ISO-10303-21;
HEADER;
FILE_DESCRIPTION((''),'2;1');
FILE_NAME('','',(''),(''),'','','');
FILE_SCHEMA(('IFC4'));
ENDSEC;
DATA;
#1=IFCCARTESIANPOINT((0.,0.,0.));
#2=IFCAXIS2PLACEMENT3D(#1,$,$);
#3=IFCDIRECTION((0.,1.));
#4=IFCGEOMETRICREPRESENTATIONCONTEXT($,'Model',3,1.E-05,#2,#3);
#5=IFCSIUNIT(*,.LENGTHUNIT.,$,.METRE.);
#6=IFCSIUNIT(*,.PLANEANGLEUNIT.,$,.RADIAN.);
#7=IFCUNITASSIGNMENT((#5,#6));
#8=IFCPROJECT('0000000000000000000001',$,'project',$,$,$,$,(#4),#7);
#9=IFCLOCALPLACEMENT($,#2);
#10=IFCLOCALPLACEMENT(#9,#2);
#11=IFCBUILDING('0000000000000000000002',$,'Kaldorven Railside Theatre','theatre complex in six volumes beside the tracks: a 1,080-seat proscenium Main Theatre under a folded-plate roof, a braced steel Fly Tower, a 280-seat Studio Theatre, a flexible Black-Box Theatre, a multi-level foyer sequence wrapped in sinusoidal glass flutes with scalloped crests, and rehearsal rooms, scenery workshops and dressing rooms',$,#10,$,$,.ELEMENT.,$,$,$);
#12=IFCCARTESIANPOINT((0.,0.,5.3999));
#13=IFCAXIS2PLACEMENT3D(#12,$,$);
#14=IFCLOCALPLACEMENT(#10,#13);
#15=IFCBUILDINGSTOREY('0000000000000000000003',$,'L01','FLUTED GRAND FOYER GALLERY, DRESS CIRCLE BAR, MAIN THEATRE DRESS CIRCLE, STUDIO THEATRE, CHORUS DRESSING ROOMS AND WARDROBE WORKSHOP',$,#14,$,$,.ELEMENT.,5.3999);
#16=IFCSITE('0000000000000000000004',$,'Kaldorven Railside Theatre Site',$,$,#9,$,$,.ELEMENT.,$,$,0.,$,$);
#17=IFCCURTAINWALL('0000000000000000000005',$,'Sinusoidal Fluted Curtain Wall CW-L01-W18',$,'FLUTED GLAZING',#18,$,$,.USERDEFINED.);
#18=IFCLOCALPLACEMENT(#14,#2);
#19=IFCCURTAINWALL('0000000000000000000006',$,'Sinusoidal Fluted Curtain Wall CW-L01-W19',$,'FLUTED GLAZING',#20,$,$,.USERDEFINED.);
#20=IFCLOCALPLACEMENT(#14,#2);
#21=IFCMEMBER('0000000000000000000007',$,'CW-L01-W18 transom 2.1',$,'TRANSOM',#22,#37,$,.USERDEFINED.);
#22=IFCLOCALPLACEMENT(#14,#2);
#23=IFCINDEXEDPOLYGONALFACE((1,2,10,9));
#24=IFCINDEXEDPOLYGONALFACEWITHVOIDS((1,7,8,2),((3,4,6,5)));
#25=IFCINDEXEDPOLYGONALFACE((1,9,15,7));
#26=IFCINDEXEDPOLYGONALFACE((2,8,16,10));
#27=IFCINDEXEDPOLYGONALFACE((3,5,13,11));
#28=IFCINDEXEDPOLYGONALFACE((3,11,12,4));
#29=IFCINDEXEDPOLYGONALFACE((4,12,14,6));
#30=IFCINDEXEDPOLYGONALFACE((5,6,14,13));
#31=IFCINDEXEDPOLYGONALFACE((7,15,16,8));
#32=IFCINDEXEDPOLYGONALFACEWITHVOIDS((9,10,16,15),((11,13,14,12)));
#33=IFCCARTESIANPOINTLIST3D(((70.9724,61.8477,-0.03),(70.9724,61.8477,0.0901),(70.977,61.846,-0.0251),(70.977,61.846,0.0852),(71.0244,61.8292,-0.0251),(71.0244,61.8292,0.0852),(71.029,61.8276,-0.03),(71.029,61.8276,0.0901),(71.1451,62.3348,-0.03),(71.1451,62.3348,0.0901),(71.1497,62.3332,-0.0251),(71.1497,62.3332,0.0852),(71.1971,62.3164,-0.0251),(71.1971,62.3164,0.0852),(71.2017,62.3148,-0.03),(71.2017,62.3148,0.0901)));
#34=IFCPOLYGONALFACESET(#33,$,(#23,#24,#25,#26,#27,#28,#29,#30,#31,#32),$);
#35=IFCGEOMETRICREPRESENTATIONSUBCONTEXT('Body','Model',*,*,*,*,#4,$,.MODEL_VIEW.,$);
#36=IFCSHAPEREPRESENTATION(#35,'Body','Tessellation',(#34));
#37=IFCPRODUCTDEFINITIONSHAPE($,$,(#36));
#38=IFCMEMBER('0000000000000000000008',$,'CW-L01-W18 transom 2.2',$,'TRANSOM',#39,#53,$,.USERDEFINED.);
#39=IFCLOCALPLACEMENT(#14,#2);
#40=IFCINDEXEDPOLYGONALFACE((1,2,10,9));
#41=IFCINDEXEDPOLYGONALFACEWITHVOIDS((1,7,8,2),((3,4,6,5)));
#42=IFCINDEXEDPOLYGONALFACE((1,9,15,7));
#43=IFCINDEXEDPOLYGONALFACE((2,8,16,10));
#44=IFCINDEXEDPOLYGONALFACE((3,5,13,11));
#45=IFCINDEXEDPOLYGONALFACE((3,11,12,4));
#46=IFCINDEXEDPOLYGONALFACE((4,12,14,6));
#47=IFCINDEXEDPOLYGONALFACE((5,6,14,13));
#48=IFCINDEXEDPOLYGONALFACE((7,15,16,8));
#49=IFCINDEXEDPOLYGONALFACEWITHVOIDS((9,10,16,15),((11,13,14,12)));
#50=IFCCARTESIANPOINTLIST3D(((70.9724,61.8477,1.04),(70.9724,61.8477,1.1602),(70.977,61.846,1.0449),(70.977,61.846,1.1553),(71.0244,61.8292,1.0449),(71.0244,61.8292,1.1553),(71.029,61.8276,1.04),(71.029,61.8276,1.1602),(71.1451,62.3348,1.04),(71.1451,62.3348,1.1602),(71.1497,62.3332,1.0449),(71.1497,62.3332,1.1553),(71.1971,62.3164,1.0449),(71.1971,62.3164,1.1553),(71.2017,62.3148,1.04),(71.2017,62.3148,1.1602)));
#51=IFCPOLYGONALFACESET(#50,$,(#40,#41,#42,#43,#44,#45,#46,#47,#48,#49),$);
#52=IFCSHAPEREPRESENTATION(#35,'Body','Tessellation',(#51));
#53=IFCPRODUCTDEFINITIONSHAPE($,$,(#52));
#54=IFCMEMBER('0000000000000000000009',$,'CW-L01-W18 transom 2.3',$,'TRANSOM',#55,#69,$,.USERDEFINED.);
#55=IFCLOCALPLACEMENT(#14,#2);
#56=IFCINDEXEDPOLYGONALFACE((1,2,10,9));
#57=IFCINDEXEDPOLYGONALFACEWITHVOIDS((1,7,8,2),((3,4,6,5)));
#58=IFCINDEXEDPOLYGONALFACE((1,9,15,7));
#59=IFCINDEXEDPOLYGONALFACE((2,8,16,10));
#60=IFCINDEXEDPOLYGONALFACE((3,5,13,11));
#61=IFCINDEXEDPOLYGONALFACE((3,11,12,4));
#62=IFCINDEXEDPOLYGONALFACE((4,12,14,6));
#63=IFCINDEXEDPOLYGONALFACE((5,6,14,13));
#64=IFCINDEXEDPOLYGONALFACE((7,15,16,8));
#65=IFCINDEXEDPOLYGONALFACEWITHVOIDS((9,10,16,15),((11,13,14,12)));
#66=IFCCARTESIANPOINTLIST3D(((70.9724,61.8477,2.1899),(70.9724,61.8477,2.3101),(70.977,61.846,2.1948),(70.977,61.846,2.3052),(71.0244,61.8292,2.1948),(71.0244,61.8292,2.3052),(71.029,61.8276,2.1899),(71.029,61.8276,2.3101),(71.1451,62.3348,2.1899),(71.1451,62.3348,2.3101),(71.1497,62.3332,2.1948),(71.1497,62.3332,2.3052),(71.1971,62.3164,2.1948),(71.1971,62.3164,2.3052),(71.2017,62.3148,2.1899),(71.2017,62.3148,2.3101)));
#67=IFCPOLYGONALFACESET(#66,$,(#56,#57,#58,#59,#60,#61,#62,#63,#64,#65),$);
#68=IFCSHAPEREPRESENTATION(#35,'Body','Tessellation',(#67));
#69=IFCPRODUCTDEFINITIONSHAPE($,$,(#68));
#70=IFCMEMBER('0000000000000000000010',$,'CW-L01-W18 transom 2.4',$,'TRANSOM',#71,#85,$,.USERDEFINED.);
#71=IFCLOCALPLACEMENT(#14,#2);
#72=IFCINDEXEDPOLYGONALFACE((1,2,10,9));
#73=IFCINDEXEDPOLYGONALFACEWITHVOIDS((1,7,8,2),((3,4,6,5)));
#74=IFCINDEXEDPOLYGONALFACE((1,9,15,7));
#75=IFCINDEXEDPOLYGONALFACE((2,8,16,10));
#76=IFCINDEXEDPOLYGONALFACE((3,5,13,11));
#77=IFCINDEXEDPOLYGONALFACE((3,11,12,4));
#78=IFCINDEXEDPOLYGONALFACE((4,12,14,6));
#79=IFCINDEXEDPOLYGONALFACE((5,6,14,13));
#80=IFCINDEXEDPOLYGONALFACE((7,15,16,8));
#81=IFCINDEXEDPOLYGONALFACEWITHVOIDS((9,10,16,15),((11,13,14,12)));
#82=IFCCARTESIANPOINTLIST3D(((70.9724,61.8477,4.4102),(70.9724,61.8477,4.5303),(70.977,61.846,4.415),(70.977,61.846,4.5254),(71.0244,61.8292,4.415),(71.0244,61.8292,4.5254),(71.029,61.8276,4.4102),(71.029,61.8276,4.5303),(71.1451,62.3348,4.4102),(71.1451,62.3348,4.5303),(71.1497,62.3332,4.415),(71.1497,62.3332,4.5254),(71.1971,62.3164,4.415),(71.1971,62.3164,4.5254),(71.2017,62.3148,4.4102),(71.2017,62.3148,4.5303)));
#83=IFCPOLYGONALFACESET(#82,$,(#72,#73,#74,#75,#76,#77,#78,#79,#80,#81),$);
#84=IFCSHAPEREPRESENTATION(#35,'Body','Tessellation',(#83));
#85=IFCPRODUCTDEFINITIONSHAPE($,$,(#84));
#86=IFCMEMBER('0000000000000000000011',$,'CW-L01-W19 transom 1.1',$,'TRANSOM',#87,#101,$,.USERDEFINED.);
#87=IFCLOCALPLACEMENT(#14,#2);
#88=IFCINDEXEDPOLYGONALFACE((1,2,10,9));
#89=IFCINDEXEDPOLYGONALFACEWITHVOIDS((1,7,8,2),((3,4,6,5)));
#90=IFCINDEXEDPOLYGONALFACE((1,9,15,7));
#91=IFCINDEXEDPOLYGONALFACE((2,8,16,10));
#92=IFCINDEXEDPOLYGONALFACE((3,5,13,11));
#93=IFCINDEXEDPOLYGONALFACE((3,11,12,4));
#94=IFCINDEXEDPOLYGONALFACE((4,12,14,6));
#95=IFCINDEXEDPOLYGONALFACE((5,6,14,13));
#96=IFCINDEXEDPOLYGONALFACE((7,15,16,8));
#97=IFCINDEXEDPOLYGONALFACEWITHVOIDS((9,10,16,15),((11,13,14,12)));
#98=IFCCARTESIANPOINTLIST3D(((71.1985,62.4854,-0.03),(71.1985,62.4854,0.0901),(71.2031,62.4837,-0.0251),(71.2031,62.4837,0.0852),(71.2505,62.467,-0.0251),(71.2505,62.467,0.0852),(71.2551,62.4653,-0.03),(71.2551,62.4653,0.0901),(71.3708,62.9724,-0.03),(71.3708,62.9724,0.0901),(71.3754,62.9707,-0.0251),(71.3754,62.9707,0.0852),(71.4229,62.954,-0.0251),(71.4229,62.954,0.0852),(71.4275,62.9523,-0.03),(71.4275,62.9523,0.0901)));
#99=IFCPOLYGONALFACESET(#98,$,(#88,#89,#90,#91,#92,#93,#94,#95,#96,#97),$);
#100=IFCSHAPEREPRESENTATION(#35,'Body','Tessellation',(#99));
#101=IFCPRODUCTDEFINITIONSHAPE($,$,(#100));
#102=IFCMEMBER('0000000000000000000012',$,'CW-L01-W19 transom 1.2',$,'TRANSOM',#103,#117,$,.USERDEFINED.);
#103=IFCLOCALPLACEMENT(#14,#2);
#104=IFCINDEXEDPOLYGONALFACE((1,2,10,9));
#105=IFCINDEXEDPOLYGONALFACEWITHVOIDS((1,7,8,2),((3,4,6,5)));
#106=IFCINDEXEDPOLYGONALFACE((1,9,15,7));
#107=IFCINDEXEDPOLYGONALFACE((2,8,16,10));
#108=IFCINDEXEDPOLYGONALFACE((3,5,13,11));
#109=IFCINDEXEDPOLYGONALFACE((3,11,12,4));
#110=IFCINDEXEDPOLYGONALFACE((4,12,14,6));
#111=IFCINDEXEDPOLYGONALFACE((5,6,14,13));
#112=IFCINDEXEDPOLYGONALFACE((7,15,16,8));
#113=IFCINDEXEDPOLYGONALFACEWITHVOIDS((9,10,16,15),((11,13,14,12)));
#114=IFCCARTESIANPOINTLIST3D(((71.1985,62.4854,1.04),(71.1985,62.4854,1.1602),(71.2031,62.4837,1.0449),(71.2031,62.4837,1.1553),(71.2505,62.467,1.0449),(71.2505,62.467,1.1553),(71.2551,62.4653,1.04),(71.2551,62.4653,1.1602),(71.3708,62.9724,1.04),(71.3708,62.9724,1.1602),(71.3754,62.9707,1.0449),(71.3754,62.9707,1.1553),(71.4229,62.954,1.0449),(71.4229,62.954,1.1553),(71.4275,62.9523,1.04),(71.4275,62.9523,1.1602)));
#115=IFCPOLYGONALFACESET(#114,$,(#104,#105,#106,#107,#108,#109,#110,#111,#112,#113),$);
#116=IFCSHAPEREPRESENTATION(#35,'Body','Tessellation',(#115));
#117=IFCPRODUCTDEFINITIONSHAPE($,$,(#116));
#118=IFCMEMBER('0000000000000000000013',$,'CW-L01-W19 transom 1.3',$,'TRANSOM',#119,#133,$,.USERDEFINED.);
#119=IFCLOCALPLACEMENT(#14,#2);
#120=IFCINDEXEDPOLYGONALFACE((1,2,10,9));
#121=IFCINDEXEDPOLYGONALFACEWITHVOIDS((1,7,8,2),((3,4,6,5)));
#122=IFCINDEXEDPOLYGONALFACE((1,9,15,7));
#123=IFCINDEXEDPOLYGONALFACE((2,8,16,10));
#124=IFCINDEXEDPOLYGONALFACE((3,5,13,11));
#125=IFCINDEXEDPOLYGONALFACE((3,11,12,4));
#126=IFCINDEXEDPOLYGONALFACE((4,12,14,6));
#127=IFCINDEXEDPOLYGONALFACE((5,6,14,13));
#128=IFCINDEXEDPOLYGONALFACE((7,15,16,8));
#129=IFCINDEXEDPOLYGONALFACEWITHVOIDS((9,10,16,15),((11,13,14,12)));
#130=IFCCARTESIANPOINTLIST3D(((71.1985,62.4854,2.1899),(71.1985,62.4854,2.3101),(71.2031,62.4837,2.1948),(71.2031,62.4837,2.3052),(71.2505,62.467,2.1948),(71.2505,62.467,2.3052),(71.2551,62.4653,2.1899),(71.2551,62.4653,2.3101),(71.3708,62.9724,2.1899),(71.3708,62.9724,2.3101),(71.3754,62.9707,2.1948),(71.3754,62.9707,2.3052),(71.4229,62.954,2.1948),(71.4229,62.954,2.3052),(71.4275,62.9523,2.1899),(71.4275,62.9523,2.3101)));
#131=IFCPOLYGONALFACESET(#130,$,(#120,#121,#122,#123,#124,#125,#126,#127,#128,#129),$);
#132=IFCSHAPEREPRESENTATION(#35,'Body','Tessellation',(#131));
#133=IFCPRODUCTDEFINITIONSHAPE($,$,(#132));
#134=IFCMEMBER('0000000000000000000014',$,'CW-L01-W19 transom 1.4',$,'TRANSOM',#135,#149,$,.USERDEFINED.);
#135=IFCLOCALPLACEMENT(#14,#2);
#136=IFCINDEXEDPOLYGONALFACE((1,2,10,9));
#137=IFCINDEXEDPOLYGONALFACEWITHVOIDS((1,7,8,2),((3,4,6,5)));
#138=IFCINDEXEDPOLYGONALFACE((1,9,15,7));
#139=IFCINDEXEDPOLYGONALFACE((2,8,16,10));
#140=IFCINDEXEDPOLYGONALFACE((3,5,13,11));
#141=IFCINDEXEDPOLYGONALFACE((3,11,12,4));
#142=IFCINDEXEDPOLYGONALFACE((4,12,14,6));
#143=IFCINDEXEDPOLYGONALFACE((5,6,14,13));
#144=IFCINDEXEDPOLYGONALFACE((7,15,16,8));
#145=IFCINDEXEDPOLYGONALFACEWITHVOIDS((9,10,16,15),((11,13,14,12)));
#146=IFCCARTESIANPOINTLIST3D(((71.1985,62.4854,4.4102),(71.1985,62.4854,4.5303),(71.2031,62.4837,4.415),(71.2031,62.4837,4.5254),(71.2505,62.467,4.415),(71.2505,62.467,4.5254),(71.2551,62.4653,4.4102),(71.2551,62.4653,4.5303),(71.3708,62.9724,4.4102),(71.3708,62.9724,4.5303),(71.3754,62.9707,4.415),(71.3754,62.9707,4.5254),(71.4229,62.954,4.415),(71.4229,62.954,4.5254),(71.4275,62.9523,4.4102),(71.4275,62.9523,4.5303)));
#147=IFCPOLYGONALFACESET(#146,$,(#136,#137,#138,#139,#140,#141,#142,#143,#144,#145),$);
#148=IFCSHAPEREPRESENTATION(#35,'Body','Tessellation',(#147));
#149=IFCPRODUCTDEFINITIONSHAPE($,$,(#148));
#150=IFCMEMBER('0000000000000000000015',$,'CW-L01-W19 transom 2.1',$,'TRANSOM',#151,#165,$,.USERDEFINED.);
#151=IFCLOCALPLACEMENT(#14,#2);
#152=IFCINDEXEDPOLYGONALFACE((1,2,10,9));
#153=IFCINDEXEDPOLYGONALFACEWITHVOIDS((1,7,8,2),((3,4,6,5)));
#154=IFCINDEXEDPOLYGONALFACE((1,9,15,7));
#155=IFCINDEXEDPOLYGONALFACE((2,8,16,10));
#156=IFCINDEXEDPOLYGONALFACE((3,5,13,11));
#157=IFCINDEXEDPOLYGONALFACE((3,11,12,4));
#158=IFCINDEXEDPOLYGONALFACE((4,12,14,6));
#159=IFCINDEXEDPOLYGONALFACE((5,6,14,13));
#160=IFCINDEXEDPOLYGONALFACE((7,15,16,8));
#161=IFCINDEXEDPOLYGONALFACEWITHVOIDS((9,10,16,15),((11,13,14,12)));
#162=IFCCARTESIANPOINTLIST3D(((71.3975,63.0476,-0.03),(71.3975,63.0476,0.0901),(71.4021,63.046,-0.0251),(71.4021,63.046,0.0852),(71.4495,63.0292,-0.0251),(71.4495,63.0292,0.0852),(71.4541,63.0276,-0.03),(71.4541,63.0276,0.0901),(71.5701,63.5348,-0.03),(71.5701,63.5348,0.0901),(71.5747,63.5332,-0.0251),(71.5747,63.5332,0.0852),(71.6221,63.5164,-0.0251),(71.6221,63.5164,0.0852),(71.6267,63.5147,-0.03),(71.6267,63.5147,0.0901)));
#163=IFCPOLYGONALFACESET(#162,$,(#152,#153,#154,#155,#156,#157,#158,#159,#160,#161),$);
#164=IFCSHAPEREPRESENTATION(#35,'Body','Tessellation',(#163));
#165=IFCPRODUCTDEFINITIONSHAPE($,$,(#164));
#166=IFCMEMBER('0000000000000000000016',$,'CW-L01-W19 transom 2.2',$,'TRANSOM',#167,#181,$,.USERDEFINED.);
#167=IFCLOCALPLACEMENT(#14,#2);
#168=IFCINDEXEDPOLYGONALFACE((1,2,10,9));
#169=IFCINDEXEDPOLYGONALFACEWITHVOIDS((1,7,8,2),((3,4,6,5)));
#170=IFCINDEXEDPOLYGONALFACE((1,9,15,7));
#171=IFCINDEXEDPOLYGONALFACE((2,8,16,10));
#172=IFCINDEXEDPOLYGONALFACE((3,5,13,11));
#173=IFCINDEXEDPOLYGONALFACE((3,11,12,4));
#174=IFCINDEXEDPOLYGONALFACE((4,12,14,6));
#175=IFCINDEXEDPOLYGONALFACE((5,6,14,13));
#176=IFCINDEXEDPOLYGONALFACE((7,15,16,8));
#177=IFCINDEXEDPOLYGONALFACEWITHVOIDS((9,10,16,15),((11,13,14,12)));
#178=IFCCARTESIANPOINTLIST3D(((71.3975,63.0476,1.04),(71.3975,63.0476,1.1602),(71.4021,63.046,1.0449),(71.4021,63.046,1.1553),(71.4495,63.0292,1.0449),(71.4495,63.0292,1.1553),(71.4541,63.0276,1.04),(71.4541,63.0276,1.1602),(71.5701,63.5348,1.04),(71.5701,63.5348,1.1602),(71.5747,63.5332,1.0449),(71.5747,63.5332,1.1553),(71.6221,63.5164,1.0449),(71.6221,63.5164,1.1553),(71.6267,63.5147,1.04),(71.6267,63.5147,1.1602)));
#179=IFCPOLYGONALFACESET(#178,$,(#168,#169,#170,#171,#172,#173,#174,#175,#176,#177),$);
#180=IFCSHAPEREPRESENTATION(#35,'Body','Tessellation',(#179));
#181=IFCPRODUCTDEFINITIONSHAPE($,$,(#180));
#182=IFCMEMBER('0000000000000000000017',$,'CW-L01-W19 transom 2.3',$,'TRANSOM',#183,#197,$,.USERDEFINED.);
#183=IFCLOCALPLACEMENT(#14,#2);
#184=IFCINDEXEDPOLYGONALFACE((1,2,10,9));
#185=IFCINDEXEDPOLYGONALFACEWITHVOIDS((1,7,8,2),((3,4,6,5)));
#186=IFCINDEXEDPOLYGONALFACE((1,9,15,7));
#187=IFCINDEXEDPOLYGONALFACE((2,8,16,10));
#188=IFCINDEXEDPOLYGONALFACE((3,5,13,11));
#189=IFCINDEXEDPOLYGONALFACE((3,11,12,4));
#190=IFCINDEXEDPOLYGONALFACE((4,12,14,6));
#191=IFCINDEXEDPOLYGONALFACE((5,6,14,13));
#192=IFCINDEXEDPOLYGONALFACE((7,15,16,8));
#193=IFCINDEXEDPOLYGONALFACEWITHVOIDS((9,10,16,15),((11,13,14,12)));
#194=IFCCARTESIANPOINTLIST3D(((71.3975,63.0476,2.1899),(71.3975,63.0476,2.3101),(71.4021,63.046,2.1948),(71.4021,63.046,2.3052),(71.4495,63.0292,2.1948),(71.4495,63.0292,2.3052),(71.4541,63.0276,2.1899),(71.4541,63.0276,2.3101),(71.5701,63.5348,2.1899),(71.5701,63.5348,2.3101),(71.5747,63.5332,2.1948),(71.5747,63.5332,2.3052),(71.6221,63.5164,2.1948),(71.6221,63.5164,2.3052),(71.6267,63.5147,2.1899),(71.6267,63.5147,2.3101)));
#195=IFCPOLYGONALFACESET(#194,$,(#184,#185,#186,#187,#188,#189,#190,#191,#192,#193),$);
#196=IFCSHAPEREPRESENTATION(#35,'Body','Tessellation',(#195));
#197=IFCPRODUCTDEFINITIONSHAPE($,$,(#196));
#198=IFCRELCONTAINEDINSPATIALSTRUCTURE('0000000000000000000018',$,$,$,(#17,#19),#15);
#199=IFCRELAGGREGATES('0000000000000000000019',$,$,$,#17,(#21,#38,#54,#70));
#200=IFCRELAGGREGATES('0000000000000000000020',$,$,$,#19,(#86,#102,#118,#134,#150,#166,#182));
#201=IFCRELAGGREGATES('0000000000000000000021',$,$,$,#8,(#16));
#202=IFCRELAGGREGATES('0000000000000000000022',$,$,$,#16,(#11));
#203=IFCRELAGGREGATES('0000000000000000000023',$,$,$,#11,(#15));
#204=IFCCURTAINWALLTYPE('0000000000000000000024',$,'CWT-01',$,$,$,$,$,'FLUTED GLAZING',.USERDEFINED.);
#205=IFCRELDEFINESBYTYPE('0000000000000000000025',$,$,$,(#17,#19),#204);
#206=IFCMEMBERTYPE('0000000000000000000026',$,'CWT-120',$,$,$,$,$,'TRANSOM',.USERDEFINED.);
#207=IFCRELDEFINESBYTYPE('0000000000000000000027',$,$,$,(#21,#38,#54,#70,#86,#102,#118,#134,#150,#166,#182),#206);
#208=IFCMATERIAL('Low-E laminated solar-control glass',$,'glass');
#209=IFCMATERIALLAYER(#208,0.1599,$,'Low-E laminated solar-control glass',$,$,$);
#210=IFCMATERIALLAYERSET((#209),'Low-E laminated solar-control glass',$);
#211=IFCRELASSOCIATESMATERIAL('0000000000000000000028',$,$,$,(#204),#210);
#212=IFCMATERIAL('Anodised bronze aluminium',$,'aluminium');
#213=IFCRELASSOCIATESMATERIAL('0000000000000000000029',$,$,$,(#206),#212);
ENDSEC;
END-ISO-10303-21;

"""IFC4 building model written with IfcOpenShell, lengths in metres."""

from ifc_helpers import new_model, si_unit, direction, frame, origin, origin_2d, place, context, subcontext, project, spatial, hollow_rectangle, extrude, material, layer, layer_set, material_profile, profile_set, type_object, element, aggregate, save


model = new_model("IFC4")

# Units and contexts
model_context = context("Model", 3, precision=1e-05, world=origin(), true_north=direction((0.0, 1.0)))
body_context = subcontext(model_context, "Body", "Model", "MODEL_VIEW")
ifc_project = project(units=[si_unit("LENGTHUNIT", "METRE"), si_unit("PLANEANGLEUNIT", "RADIAN")], contexts=[model_context])

# Site, building, storey
site_placement = place(None, origin())
site = spatial("IfcSite", under=ifc_project, at=site_placement, Name="Kaldorven Railside Theatre Site", CompositionType="ELEMENT", RefElevation=0.0)
building_placement = place(site_placement, origin())
building = spatial("IfcBuilding", under=site, at=building_placement, Name="Kaldorven Railside Theatre", Description="theatre complex in six volumes beside the tracks: a 1,080-seat proscenium Main Theatre under a folded-plate roof, a braced steel Fly Tower, a 280-seat Studio Theatre, a flexible Black-Box Theatre, a multi-level foyer sequence wrapped in sinusoidal glass flutes with scalloped crests, and rehearsal rooms, scenery workshops and dressing rooms", CompositionType="ELEMENT")
storey_placement = place(building_placement, frame((0.0, 0.0, 5.3999)))
storey = spatial("IfcBuildingStorey", under=building, at=storey_placement, Name="L01", Description="FLUTED GRAND FOYER GALLERY, DRESS CIRCLE BAR, MAIN THEATRE DRESS CIRCLE, STUDIO THEATRE, CHORUS DRESSING ROOMS AND WARDROBE WORKSHOP", CompositionType="ELEMENT", Elevation=5.3999)

# Curtain walls
ifc_material_1 = material(Name="Low-E laminated solar-control glass", Category="glass")
ifc_layer_1 = layer(ifc_material_1, 0.1599, Name="Low-E laminated solar-control glass")
ifc_layer_set_1 = layer_set([ifc_layer_1], Name="Low-E laminated solar-control glass")
curtain_wall_type = type_object("IfcCurtainWallType", Name="CWT-01", ElementType="FLUTED GLAZING", PredefinedType="USERDEFINED", material=ifc_layer_set_1)
curtain_wall_1_placement = place(storey_placement, origin())
curtain_wall_1 = element("IfcCurtainWall", 1, at=curtain_wall_1_placement, inside=storey, type_object=curtain_wall_type, Name="Sinusoidal Fluted Curtain Wall CW-L01-W18", ObjectType="FLUTED GLAZING", PredefinedType="USERDEFINED")
ifc_material_2 = material(Name="Anodised bronze aluminium", Category="aluminium")
curtain_wall_2_placement = place(storey_placement, origin())
curtain_wall_2 = element("IfcCurtainWall", 2, at=curtain_wall_2_placement, inside=storey, type_object=curtain_wall_type, Name="Sinusoidal Fluted Curtain Wall CW-L01-W19", ObjectType="FLUTED GLAZING", PredefinedType="USERDEFINED")

# Members
ifc_material_profile_1 = material_profile(ifc_material_2, hollow_rectangle(XDim=0.0601, YDim=0.1201, WallThickness=0.0049, at=origin_2d()), Name="RHS 120x60x5")
ifc_profile_set_1 = profile_set([ifc_material_profile_1], Name="Anodised bronze aluminium")
member_type_1 = type_object("IfcMemberType", Name="CWT-120", ElementType="TRANSOM", PredefinedType="USERDEFINED", material=ifc_profile_set_1)
member_1_placement = place(storey_placement, frame((71.0007, 61.8376, 0.03), z_axis=(0.334031, 0.942562, 0.0), x_axis=(-0.942562, 0.334031, 0.0)))
member_1 = element("IfcMember", 3, at=member_1_placement, type_object=member_type_1, Name="CW-L01-W18 transom 2.1", ObjectType="TRANSOM", PredefinedType="USERDEFINED", context=body_context, shape_type="SweptSolid", body=[
    extrude(hollow_rectangle(XDim=0.0601, YDim=0.1201, WallThickness=0.0049, at=origin_2d()), origin(), (0.0, 0.0, 1.0), 0.5168),
])
member_2_placement = place(storey_placement, frame((71.0007, 61.8376, 1.1001), z_axis=(0.334031, 0.942562, 0.0), x_axis=(-0.942562, 0.334031, 0.0)))
member_2 = element("IfcMember", 4, at=member_2_placement, type_object=member_type_1, Name="CW-L01-W18 transom 2.2", ObjectType="TRANSOM", PredefinedType="USERDEFINED", context=body_context, shape_type="SweptSolid", body=[
    extrude(hollow_rectangle(XDim=0.0601, YDim=0.1201, WallThickness=0.0049, at=origin_2d()), origin(), (0.0, 0.0, 1.0), 0.5168),
])
member_3_placement = place(storey_placement, frame((71.0007, 61.8376, 2.25), z_axis=(0.334031, 0.942562, 0.0), x_axis=(-0.942562, 0.334031, 0.0)))
member_3 = element("IfcMember", 5, at=member_3_placement, type_object=member_type_1, Name="CW-L01-W18 transom 2.3", ObjectType="TRANSOM", PredefinedType="USERDEFINED", context=body_context, shape_type="SweptSolid", body=[
    extrude(hollow_rectangle(XDim=0.0601, YDim=0.1201, WallThickness=0.0049, at=origin_2d()), origin(), (0.0, 0.0, 1.0), 0.5168),
])
member_4_placement = place(storey_placement, frame((71.0007, 61.8376, 4.4702), z_axis=(0.334031, 0.942562, 0.0), x_axis=(-0.942562, 0.334031, 0.0)))
member_4 = element("IfcMember", 6, at=member_4_placement, type_object=member_type_1, Name="CW-L01-W18 transom 2.4", ObjectType="TRANSOM", PredefinedType="USERDEFINED", context=body_context, shape_type="SweptSolid", body=[
    extrude(hollow_rectangle(XDim=0.0601, YDim=0.1201, WallThickness=0.0049, at=origin_2d()), origin(), (0.0, 0.0, 1.0), 0.5168),
])
member_5_placement = place(storey_placement, frame((71.2268, 62.4753, 0.03), z_axis=(0.333611, 0.942711, 0.0), x_axis=(-0.942711, 0.333611, 0.0)))
member_5 = element("IfcMember", 7, at=member_5_placement, type_object=member_type_1, Name="CW-L01-W19 transom 1.1", ObjectType="TRANSOM", PredefinedType="USERDEFINED", context=body_context, shape_type="SweptSolid", body=[
    extrude(hollow_rectangle(XDim=0.0601, YDim=0.1201, WallThickness=0.0049, at=origin_2d()), origin(), (0.0, 0.0, 1.0), 0.5166),
])
member_6_placement = place(storey_placement, frame((71.2268, 62.4753, 1.1001), z_axis=(0.333611, 0.942711, 0.0), x_axis=(-0.942711, 0.333611, 0.0)))
member_6 = element("IfcMember", 8, at=member_6_placement, type_object=member_type_1, Name="CW-L01-W19 transom 1.2", ObjectType="TRANSOM", PredefinedType="USERDEFINED", context=body_context, shape_type="SweptSolid", body=[
    extrude(hollow_rectangle(XDim=0.0601, YDim=0.1201, WallThickness=0.0049, at=origin_2d()), origin(), (0.0, 0.0, 1.0), 0.5166),
])
member_7_placement = place(storey_placement, frame((71.2268, 62.4753, 2.25), z_axis=(0.333611, 0.942711, 0.0), x_axis=(-0.942711, 0.333611, 0.0)))
member_7 = element("IfcMember", 9, at=member_7_placement, type_object=member_type_1, Name="CW-L01-W19 transom 1.3", ObjectType="TRANSOM", PredefinedType="USERDEFINED", context=body_context, shape_type="SweptSolid", body=[
    extrude(hollow_rectangle(XDim=0.0601, YDim=0.1201, WallThickness=0.0049, at=origin_2d()), origin(), (0.0, 0.0, 1.0), 0.5166),
])
member_8_placement = place(storey_placement, frame((71.2268, 62.4753, 4.4702), z_axis=(0.333611, 0.942711, 0.0), x_axis=(-0.942711, 0.333611, 0.0)))
member_8 = element("IfcMember", 10, at=member_8_placement, type_object=member_type_1, Name="CW-L01-W19 transom 1.4", ObjectType="TRANSOM", PredefinedType="USERDEFINED", context=body_context, shape_type="SweptSolid", body=[
    extrude(hollow_rectangle(XDim=0.0601, YDim=0.1201, WallThickness=0.0049, at=origin_2d()), origin(), (0.0, 0.0, 1.0), 0.5166),
])
member_9_placement = place(storey_placement, frame((71.4258, 63.0376, 0.03), z_axis=(0.334031, 0.942562, 0.0), x_axis=(-0.942562, 0.334031, 0.0)))
member_9 = element("IfcMember", 11, at=member_9_placement, type_object=member_type_1, Name="CW-L01-W19 transom 2.1", ObjectType="TRANSOM", PredefinedType="USERDEFINED", context=body_context, shape_type="SweptSolid", body=[
    extrude(hollow_rectangle(XDim=0.0601, YDim=0.1201, WallThickness=0.0049, at=origin_2d()), origin(), (0.0, 0.0, 1.0), 0.5168),
])
member_10_placement = place(storey_placement, frame((71.4258, 63.0376, 1.1001), z_axis=(0.334031, 0.942562, 0.0), x_axis=(-0.942562, 0.334031, 0.0)))
member_10 = element("IfcMember", 12, at=member_10_placement, type_object=member_type_1, Name="CW-L01-W19 transom 2.2", ObjectType="TRANSOM", PredefinedType="USERDEFINED", context=body_context, shape_type="SweptSolid", body=[
    extrude(hollow_rectangle(XDim=0.0601, YDim=0.1201, WallThickness=0.0049, at=origin_2d()), origin(), (0.0, 0.0, 1.0), 0.5168),
])
member_11_placement = place(storey_placement, frame((71.4258, 63.0376, 2.25), z_axis=(0.334031, 0.942562, 0.0), x_axis=(-0.942562, 0.334031, 0.0)))
member_11 = element("IfcMember", 13, at=member_11_placement, type_object=member_type_1, Name="CW-L01-W19 transom 2.3", ObjectType="TRANSOM", PredefinedType="USERDEFINED", context=body_context, shape_type="SweptSolid", body=[
    extrude(hollow_rectangle(XDim=0.0601, YDim=0.1201, WallThickness=0.0049, at=origin_2d()), origin(), (0.0, 0.0, 1.0), 0.5168),
])

aggregate(curtain_wall_1, [member_1, member_2, member_3, member_4])
aggregate(curtain_wall_2, [member_5, member_6, member_7, member_8, member_9, member_10, member_11])

save(model, "model.ifc")
